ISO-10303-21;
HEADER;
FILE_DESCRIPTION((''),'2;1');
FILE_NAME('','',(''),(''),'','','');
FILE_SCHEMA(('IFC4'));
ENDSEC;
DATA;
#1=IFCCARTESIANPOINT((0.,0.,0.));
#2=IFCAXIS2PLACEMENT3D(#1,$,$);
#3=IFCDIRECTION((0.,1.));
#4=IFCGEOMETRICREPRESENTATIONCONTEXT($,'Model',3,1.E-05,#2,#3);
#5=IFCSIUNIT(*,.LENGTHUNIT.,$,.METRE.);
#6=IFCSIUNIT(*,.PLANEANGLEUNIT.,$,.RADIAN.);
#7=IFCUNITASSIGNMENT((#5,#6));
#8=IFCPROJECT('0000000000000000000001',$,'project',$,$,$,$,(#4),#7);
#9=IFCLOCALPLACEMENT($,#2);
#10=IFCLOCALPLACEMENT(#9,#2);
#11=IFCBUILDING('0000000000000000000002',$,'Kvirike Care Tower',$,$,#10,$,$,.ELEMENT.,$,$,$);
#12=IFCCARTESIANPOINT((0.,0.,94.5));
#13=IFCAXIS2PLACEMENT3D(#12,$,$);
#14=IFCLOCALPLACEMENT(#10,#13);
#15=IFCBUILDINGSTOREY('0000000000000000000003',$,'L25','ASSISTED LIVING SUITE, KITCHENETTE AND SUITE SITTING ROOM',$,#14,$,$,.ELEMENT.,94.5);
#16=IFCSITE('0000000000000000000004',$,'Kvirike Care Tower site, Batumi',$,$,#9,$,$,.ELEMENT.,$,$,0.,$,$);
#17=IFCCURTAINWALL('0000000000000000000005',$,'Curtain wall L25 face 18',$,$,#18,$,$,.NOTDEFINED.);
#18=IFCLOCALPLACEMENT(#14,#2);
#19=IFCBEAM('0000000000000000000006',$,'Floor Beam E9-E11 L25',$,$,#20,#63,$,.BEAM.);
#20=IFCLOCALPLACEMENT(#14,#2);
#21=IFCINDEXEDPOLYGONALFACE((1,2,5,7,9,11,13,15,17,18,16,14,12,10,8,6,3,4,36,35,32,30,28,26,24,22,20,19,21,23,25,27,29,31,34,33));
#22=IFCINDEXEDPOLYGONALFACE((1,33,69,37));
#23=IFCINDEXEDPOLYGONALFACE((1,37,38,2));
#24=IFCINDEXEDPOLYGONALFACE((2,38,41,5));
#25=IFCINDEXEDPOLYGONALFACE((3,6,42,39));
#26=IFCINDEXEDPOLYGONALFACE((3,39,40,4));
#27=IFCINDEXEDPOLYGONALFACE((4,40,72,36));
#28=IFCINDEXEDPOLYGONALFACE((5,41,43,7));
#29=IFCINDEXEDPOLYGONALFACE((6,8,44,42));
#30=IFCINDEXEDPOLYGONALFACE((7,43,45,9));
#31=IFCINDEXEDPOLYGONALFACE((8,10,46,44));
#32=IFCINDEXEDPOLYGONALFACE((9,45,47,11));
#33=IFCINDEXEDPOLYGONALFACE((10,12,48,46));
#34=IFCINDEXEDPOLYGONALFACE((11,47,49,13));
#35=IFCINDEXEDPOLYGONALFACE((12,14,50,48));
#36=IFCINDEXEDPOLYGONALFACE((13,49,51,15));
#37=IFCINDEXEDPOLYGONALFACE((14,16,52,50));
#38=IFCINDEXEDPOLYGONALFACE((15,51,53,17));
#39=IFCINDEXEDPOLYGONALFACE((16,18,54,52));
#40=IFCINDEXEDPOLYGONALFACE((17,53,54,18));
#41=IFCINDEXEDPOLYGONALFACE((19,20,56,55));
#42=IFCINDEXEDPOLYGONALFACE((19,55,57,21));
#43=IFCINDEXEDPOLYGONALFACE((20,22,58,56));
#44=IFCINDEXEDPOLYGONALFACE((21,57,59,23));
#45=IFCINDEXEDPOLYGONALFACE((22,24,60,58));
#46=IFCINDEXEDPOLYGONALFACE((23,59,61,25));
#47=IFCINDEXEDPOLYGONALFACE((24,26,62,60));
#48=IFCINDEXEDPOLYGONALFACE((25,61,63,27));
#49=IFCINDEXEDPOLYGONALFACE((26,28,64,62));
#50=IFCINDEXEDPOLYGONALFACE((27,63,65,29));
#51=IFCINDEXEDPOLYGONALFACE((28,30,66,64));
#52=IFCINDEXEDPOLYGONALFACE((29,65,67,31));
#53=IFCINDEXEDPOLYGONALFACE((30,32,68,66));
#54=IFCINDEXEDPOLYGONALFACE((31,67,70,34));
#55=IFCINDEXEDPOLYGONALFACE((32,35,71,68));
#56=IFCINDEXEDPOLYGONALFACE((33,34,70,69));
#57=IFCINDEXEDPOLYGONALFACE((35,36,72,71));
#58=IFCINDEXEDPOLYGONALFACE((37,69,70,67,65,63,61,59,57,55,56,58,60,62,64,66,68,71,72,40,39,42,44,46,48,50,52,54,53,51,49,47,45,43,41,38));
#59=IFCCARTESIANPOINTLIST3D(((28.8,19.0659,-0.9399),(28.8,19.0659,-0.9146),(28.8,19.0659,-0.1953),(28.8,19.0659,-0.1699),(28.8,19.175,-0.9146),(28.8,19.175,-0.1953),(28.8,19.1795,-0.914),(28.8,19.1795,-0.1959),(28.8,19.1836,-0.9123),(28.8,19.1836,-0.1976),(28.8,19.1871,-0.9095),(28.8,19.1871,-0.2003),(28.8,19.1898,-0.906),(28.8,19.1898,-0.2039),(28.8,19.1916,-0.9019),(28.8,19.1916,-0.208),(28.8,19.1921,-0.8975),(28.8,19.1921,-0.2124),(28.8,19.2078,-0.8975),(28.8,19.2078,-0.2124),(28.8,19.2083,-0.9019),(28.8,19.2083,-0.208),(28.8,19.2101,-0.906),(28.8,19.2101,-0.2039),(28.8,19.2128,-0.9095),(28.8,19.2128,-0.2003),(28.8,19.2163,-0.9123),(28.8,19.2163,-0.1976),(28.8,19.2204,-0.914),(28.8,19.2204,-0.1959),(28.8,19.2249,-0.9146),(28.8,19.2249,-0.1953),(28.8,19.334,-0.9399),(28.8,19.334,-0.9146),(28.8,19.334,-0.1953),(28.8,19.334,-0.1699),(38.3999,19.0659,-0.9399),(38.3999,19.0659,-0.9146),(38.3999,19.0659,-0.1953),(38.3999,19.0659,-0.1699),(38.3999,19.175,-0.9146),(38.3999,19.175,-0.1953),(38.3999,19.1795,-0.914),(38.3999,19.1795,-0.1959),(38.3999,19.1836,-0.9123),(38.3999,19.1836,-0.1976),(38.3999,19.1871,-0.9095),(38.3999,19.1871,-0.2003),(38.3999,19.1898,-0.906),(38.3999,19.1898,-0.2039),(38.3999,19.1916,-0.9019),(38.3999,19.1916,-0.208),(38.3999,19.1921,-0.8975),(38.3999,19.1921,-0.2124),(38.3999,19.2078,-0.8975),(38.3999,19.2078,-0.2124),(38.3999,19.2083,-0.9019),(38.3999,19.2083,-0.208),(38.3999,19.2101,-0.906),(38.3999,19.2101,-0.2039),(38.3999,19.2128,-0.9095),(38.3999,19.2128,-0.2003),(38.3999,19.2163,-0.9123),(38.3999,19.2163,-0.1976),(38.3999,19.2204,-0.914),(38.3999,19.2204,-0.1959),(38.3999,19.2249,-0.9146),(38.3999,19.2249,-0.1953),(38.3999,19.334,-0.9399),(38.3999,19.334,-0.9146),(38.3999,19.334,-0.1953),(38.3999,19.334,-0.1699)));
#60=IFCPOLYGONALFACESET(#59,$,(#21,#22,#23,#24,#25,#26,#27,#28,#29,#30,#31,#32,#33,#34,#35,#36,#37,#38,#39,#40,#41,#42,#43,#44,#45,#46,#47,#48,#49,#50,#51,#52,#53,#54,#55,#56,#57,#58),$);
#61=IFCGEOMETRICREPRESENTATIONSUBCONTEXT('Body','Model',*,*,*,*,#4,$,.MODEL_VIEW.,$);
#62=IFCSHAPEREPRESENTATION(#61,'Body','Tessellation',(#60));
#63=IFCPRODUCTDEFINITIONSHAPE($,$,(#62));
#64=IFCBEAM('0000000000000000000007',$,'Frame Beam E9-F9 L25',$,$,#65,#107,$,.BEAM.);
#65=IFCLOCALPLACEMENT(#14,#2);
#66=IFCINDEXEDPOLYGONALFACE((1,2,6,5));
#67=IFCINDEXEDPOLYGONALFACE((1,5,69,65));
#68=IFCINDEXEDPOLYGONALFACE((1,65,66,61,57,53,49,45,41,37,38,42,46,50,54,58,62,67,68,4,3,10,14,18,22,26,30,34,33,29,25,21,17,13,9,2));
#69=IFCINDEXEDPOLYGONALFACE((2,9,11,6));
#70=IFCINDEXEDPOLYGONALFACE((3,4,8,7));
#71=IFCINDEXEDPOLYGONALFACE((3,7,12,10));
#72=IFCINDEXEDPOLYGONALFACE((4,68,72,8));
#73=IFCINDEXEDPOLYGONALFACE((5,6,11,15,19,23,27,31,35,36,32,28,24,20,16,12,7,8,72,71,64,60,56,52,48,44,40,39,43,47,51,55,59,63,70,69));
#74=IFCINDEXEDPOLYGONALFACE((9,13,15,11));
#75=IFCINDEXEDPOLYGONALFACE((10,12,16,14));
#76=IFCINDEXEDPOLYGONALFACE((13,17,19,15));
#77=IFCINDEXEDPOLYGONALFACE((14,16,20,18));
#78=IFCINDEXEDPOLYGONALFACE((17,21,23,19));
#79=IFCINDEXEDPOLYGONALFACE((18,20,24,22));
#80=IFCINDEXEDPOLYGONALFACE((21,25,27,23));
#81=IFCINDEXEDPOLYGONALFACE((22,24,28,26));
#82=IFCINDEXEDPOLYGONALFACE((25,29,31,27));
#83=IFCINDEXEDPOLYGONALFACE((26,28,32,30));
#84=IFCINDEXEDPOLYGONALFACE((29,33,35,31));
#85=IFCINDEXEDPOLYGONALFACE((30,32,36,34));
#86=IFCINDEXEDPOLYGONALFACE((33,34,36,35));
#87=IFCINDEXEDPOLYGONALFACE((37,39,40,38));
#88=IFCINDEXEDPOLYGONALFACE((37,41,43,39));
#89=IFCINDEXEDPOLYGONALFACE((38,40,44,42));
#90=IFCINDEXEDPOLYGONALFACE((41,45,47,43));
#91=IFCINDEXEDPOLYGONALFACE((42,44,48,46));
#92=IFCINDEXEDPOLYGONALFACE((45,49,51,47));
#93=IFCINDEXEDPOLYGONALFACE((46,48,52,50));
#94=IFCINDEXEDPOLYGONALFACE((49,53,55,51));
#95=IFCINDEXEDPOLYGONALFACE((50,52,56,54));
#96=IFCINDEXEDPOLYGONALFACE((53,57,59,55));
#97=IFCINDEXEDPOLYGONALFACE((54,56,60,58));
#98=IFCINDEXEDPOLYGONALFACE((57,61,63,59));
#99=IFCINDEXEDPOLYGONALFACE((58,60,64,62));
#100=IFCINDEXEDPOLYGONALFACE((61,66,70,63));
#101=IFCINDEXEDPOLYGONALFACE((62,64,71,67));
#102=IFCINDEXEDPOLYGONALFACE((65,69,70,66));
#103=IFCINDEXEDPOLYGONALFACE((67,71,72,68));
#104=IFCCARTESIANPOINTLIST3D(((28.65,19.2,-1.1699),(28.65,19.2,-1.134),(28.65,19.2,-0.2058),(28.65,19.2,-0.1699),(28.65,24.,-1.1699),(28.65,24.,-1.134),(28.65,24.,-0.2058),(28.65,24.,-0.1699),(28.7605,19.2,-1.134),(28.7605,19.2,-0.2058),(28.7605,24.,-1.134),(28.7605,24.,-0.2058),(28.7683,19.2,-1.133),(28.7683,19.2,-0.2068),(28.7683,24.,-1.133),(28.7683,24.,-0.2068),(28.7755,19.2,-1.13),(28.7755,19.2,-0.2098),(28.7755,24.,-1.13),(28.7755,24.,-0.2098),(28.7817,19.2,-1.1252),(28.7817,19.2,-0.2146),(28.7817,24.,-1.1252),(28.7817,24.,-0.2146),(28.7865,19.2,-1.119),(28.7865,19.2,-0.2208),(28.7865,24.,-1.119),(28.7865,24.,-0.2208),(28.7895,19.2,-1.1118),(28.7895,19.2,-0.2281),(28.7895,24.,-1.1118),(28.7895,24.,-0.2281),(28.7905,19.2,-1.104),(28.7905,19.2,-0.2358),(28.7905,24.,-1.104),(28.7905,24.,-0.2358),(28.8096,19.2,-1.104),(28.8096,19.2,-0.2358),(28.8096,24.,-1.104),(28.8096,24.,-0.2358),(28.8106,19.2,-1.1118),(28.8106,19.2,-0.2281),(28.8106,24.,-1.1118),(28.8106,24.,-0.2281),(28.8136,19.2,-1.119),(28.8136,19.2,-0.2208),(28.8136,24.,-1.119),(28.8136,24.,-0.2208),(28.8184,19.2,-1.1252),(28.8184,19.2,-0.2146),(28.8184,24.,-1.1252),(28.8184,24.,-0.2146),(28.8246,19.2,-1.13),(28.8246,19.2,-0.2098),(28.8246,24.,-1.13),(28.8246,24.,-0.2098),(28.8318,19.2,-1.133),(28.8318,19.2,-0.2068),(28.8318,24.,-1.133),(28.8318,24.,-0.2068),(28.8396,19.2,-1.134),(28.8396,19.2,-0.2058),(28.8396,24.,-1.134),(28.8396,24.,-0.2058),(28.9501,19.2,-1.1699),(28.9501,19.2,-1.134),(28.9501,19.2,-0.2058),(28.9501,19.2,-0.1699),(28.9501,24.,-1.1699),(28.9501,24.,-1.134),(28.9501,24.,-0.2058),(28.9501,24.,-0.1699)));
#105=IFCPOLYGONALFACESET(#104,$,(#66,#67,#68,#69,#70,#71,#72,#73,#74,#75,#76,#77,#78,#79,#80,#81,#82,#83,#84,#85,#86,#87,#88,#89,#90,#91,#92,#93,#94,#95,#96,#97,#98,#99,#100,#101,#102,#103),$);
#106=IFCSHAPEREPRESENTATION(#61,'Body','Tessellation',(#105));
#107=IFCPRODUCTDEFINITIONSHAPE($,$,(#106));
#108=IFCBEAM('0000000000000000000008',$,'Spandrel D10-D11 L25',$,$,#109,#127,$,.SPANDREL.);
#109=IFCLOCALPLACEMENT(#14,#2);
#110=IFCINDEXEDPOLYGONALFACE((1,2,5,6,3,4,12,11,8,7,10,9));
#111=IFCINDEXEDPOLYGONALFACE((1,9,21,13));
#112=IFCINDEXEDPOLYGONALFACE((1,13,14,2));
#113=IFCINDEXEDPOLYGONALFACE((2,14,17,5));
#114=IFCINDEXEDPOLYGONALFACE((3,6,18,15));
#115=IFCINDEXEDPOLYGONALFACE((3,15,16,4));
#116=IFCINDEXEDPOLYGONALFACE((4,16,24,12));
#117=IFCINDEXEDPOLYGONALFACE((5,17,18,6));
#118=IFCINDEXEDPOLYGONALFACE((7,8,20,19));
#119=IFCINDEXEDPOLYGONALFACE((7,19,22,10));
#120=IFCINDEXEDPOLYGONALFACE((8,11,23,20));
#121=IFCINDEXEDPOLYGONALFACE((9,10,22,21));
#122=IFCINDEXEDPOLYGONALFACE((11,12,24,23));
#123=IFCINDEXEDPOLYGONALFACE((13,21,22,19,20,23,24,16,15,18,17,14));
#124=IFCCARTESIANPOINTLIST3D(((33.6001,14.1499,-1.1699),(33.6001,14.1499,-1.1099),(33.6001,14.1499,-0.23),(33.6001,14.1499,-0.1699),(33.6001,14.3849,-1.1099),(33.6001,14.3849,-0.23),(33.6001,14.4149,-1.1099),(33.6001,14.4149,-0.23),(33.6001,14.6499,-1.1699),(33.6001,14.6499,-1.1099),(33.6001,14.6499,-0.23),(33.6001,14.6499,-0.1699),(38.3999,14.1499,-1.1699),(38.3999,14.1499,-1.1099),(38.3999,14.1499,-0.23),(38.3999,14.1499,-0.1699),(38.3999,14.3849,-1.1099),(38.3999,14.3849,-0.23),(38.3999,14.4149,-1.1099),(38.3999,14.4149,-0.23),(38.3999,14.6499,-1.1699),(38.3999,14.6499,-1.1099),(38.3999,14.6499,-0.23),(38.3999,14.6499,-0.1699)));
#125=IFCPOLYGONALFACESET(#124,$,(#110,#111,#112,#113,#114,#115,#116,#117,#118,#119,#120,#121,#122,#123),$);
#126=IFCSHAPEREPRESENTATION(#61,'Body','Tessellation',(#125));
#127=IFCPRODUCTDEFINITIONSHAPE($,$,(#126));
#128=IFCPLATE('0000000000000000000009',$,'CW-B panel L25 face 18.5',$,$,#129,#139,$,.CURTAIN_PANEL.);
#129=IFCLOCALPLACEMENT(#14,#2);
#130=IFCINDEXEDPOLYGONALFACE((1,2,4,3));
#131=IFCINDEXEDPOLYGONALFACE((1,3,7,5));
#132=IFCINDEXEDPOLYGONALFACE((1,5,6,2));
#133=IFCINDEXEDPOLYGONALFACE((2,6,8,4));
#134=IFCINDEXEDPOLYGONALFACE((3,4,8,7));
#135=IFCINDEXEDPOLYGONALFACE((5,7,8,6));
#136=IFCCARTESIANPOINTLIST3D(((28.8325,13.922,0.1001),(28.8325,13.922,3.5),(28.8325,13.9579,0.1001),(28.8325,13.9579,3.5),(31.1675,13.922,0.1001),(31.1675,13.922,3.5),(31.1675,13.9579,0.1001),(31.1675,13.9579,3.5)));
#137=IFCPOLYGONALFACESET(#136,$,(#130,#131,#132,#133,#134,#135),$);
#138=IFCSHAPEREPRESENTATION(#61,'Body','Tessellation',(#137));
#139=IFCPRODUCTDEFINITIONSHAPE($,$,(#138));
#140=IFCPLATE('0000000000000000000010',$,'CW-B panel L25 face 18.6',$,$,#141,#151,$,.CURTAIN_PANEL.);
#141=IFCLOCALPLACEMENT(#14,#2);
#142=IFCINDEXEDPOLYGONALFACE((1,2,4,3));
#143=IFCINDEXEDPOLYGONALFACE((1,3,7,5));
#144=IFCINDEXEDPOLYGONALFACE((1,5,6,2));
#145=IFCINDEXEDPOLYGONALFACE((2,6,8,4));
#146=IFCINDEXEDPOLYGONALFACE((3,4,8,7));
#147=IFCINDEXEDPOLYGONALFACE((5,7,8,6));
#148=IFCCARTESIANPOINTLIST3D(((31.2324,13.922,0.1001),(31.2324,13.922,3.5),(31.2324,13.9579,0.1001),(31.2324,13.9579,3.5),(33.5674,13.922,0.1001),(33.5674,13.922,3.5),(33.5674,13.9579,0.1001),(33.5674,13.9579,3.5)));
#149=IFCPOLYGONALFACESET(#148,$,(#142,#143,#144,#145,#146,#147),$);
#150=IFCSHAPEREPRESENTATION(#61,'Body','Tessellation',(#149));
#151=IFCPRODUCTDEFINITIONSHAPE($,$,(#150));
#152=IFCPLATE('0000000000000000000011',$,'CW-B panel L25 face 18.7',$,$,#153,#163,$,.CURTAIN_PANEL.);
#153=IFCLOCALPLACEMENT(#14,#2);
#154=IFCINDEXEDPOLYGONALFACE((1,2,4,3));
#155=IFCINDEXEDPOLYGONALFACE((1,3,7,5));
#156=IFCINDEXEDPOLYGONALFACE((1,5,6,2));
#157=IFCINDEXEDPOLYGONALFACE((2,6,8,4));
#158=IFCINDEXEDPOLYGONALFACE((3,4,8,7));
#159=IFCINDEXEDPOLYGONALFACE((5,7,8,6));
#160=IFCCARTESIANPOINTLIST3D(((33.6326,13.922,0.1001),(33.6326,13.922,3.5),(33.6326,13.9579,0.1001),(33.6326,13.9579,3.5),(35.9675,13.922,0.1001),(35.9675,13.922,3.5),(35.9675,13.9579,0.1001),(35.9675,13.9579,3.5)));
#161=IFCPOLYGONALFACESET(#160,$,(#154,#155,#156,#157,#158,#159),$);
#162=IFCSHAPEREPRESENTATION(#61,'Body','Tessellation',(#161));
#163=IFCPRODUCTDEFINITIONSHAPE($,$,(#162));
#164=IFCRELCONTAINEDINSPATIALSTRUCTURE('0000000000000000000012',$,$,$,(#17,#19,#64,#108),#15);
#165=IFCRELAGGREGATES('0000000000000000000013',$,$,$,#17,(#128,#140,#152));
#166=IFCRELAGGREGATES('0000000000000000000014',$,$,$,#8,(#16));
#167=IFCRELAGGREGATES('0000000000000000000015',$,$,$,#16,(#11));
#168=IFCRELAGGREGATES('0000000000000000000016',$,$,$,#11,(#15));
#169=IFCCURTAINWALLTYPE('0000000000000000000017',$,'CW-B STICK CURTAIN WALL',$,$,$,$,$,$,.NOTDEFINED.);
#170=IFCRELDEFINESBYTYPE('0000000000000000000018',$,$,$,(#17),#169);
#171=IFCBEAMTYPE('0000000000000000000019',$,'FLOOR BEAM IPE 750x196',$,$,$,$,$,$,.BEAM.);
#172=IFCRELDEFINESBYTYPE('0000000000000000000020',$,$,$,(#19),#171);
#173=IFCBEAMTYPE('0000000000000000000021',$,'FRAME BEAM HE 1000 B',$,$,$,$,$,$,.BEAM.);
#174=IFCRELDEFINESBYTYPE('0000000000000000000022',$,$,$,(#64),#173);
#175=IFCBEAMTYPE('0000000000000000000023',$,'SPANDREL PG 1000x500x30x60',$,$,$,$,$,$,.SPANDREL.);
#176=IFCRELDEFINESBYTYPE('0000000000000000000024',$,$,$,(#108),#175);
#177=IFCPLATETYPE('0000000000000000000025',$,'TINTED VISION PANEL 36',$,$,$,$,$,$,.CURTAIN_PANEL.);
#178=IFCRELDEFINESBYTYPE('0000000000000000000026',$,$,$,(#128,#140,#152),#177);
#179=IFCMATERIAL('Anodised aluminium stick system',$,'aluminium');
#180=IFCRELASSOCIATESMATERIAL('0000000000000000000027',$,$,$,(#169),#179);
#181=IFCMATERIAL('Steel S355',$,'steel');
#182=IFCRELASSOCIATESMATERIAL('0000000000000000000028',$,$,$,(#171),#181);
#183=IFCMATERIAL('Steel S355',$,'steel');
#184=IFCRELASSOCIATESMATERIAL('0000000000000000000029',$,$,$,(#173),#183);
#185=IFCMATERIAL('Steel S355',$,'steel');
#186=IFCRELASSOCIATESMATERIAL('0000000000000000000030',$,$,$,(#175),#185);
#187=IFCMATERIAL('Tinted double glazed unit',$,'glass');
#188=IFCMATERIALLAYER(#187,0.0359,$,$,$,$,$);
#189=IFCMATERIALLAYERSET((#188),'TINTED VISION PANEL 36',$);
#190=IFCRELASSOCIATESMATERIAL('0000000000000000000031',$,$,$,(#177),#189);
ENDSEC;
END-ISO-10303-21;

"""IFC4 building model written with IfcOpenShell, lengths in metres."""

from ifc_helpers import new_model, si_unit, direction, frame, origin, origin_2d, place, context, subcontext, project, spatial, rectangle, i_section, extrude, material, layer, layer_set, material_profile, profile_set, type_object, element, aggregate, save


model = new_model("IFC4")

# Units and contexts
model_context = context("Model", 3, precision=1e-05, world=origin(), true_north=direction((0.0, 1.0)))
body_context = subcontext(model_context, "Body", "Model", "MODEL_VIEW")
ifc_project = project(units=[si_unit("LENGTHUNIT", "METRE"), si_unit("PLANEANGLEUNIT", "RADIAN")], contexts=[model_context])

# Site, building, storey
site_placement = place(None, origin())
site = spatial("IfcSite", under=ifc_project, at=site_placement, Name="Kvirike Care Tower site, Batumi", CompositionType="ELEMENT", RefElevation=0.0)
building_placement = place(site_placement, origin())
building = spatial("IfcBuilding", under=site, at=building_placement, Name="Kvirike Care Tower", CompositionType="ELEMENT")
storey_placement = place(building_placement, frame((0.0, 0.0, 94.5)))
storey = spatial("IfcBuildingStorey", under=building, at=storey_placement, Name="L25", Description="ASSISTED LIVING SUITE, KITCHENETTE AND SUITE SITTING ROOM", CompositionType="ELEMENT", Elevation=94.5)

# Curtain wall
ifc_material_1 = material(Name="Anodised aluminium stick system", Category="aluminium")
curtain_wall_type = type_object("IfcCurtainWallType", Name="CW-B STICK CURTAIN WALL", PredefinedType="NOTDEFINED", material=ifc_material_1)
curtain_wall_placement = place(storey_placement, origin())
curtain_wall = element("IfcCurtainWall", 1, at=curtain_wall_placement, inside=storey, type_object=curtain_wall_type, Name="Curtain wall L25 face 18", PredefinedType="NOTDEFINED")

# Beams
ifc_material_2 = material(Name="Steel S355", Category="steel")
ifc_material_profile_1 = material_profile(ifc_material_2, i_section(OverallWidth=0.2681, OverallDepth=0.77, WebThickness=0.0156, FlangeThickness=0.0254, FilletRadius=0.0171, at=origin_2d()), Name="IPE 750x196")
ifc_profile_set_1 = profile_set([ifc_material_profile_1], Name="Steel S355")
beam_type_1 = type_object("IfcBeamType", Name="FLOOR BEAM IPE 750x196", PredefinedType="BEAM", material=ifc_profile_set_1)
beam_1_placement = place(storey_placement, frame((28.8, 19.2, -0.5549), z_axis=(1.0, 0.0, 0.0), x_axis=(0.0, 1.0, 0.0)))
element("IfcBeam", 2, at=beam_1_placement, inside=storey, type_object=beam_type_1, Name="Floor Beam E9-E11 L25", PredefinedType="BEAM", context=body_context, shape_type="SweptSolid", body=[
    extrude(i_section(OverallWidth=0.2681, OverallDepth=0.77, WebThickness=0.0156, FlangeThickness=0.0254, FilletRadius=0.0171, at=origin_2d()), origin(), (0.0, 0.0, 1.0), 9.5999),
])
ifc_material_3 = material(Name="Steel S355", Category="steel")
ifc_material_profile_2 = material_profile(ifc_material_3, i_section(OverallWidth=0.3, OverallDepth=1.0, WebThickness=0.019, FlangeThickness=0.0359, FilletRadius=0.03, at=origin_2d()), Name="HE 1000 B")
ifc_profile_set_2 = profile_set([ifc_material_profile_2], Name="Steel S355")
beam_type_2 = type_object("IfcBeamType", Name="FRAME BEAM HE 1000 B", PredefinedType="BEAM", material=ifc_profile_set_2)
beam_2_placement = place(storey_placement, frame((28.8, 19.2, -0.6699), z_axis=(0.0, 1.0, 0.0), x_axis=(-1.0, 0.0, 0.0)))
element("IfcBeam", 3, at=beam_2_placement, inside=storey, type_object=beam_type_2, Name="Frame Beam E9-F9 L25", PredefinedType="BEAM", context=body_context, shape_type="SweptSolid", body=[
    extrude(i_section(OverallWidth=0.3, OverallDepth=1.0, WebThickness=0.019, FlangeThickness=0.0359, FilletRadius=0.03, at=origin_2d()), origin(), (0.0, 0.0, 1.0), 4.8),
])
ifc_material_4 = material(Name="Steel S355", Category="steel")
ifc_material_profile_3 = material_profile(ifc_material_4, i_section(OverallWidth=0.5, OverallDepth=1.0, WebThickness=0.03, FlangeThickness=0.0601, at=origin_2d()), Name="PG 1000x500x30x60")
ifc_profile_set_3 = profile_set([ifc_material_profile_3], Name="Steel S355")
beam_type_3 = type_object("IfcBeamType", Name="SPANDREL PG 1000x500x30x60", PredefinedType="SPANDREL", material=ifc_profile_set_3)
beam_3_placement = place(storey_placement, frame((33.6001, 14.3999, -0.6699), z_axis=(1.0, 0.0, 0.0), x_axis=(0.0, 1.0, 0.0)))
element("IfcBeam", 4, at=beam_3_placement, inside=storey, type_object=beam_type_3, Name="Spandrel D10-D11 L25", PredefinedType="SPANDREL", context=body_context, shape_type="SweptSolid", body=[
    extrude(i_section(OverallWidth=0.5, OverallDepth=1.0, WebThickness=0.03, FlangeThickness=0.0601, at=origin_2d()), origin(), (0.0, 0.0, 1.0), 4.7998),
])

# Plates
ifc_material_5 = material(Name="Tinted double glazed unit", Category="glass")
ifc_layer_1 = layer(ifc_material_5, 0.0359)
ifc_layer_set_1 = layer_set([ifc_layer_1], Name="TINTED VISION PANEL 36")
plate_type = type_object("IfcPlateType", Name="TINTED VISION PANEL 36", PredefinedType="CURTAIN_PANEL", material=ifc_layer_set_1)
plate_1_placement = place(storey_placement, frame((30.0, 13.9399, 0.1001), z_axis=(0.0, 0.0, 1.0), x_axis=(1.0, 0.0, 0.0)))
plate_1 = element("IfcPlate", 5, at=plate_1_placement, type_object=plate_type, Name="CW-B panel L25 face 18.5", PredefinedType="CURTAIN_PANEL", context=body_context, shape_type="SweptSolid", body=[
    extrude(rectangle(XDim=2.335, YDim=0.0359, at=origin_2d()), origin(), (0.0, 0.0, 1.0), 3.3999),
])
plate_2_placement = place(storey_placement, frame((32.3999, 13.9399, 0.1001), z_axis=(0.0, 0.0, 1.0), x_axis=(1.0, 0.0, 0.0)))
plate_2 = element("IfcPlate", 6, at=plate_2_placement, type_object=plate_type, Name="CW-B panel L25 face 18.6", PredefinedType="CURTAIN_PANEL", context=body_context, shape_type="SweptSolid", body=[
    extrude(rectangle(XDim=2.335, YDim=0.0359, at=origin_2d()), origin(), (0.0, 0.0, 1.0), 3.3999),
])
plate_3_placement = place(storey_placement, frame((34.8, 13.9399, 0.1001), z_axis=(0.0, 0.0, 1.0), x_axis=(1.0, 0.0, 0.0)))
plate_3 = element("IfcPlate", 7, at=plate_3_placement, type_object=plate_type, Name="CW-B panel L25 face 18.7", PredefinedType="CURTAIN_PANEL", context=body_context, shape_type="SweptSolid", body=[
    extrude(rectangle(XDim=2.335, YDim=0.0359, at=origin_2d()), origin(), (0.0, 0.0, 1.0), 3.3999),
])
aggregate(curtain_wall, [plate_1, plate_2, plate_3])

save(model, "model.ifc")
